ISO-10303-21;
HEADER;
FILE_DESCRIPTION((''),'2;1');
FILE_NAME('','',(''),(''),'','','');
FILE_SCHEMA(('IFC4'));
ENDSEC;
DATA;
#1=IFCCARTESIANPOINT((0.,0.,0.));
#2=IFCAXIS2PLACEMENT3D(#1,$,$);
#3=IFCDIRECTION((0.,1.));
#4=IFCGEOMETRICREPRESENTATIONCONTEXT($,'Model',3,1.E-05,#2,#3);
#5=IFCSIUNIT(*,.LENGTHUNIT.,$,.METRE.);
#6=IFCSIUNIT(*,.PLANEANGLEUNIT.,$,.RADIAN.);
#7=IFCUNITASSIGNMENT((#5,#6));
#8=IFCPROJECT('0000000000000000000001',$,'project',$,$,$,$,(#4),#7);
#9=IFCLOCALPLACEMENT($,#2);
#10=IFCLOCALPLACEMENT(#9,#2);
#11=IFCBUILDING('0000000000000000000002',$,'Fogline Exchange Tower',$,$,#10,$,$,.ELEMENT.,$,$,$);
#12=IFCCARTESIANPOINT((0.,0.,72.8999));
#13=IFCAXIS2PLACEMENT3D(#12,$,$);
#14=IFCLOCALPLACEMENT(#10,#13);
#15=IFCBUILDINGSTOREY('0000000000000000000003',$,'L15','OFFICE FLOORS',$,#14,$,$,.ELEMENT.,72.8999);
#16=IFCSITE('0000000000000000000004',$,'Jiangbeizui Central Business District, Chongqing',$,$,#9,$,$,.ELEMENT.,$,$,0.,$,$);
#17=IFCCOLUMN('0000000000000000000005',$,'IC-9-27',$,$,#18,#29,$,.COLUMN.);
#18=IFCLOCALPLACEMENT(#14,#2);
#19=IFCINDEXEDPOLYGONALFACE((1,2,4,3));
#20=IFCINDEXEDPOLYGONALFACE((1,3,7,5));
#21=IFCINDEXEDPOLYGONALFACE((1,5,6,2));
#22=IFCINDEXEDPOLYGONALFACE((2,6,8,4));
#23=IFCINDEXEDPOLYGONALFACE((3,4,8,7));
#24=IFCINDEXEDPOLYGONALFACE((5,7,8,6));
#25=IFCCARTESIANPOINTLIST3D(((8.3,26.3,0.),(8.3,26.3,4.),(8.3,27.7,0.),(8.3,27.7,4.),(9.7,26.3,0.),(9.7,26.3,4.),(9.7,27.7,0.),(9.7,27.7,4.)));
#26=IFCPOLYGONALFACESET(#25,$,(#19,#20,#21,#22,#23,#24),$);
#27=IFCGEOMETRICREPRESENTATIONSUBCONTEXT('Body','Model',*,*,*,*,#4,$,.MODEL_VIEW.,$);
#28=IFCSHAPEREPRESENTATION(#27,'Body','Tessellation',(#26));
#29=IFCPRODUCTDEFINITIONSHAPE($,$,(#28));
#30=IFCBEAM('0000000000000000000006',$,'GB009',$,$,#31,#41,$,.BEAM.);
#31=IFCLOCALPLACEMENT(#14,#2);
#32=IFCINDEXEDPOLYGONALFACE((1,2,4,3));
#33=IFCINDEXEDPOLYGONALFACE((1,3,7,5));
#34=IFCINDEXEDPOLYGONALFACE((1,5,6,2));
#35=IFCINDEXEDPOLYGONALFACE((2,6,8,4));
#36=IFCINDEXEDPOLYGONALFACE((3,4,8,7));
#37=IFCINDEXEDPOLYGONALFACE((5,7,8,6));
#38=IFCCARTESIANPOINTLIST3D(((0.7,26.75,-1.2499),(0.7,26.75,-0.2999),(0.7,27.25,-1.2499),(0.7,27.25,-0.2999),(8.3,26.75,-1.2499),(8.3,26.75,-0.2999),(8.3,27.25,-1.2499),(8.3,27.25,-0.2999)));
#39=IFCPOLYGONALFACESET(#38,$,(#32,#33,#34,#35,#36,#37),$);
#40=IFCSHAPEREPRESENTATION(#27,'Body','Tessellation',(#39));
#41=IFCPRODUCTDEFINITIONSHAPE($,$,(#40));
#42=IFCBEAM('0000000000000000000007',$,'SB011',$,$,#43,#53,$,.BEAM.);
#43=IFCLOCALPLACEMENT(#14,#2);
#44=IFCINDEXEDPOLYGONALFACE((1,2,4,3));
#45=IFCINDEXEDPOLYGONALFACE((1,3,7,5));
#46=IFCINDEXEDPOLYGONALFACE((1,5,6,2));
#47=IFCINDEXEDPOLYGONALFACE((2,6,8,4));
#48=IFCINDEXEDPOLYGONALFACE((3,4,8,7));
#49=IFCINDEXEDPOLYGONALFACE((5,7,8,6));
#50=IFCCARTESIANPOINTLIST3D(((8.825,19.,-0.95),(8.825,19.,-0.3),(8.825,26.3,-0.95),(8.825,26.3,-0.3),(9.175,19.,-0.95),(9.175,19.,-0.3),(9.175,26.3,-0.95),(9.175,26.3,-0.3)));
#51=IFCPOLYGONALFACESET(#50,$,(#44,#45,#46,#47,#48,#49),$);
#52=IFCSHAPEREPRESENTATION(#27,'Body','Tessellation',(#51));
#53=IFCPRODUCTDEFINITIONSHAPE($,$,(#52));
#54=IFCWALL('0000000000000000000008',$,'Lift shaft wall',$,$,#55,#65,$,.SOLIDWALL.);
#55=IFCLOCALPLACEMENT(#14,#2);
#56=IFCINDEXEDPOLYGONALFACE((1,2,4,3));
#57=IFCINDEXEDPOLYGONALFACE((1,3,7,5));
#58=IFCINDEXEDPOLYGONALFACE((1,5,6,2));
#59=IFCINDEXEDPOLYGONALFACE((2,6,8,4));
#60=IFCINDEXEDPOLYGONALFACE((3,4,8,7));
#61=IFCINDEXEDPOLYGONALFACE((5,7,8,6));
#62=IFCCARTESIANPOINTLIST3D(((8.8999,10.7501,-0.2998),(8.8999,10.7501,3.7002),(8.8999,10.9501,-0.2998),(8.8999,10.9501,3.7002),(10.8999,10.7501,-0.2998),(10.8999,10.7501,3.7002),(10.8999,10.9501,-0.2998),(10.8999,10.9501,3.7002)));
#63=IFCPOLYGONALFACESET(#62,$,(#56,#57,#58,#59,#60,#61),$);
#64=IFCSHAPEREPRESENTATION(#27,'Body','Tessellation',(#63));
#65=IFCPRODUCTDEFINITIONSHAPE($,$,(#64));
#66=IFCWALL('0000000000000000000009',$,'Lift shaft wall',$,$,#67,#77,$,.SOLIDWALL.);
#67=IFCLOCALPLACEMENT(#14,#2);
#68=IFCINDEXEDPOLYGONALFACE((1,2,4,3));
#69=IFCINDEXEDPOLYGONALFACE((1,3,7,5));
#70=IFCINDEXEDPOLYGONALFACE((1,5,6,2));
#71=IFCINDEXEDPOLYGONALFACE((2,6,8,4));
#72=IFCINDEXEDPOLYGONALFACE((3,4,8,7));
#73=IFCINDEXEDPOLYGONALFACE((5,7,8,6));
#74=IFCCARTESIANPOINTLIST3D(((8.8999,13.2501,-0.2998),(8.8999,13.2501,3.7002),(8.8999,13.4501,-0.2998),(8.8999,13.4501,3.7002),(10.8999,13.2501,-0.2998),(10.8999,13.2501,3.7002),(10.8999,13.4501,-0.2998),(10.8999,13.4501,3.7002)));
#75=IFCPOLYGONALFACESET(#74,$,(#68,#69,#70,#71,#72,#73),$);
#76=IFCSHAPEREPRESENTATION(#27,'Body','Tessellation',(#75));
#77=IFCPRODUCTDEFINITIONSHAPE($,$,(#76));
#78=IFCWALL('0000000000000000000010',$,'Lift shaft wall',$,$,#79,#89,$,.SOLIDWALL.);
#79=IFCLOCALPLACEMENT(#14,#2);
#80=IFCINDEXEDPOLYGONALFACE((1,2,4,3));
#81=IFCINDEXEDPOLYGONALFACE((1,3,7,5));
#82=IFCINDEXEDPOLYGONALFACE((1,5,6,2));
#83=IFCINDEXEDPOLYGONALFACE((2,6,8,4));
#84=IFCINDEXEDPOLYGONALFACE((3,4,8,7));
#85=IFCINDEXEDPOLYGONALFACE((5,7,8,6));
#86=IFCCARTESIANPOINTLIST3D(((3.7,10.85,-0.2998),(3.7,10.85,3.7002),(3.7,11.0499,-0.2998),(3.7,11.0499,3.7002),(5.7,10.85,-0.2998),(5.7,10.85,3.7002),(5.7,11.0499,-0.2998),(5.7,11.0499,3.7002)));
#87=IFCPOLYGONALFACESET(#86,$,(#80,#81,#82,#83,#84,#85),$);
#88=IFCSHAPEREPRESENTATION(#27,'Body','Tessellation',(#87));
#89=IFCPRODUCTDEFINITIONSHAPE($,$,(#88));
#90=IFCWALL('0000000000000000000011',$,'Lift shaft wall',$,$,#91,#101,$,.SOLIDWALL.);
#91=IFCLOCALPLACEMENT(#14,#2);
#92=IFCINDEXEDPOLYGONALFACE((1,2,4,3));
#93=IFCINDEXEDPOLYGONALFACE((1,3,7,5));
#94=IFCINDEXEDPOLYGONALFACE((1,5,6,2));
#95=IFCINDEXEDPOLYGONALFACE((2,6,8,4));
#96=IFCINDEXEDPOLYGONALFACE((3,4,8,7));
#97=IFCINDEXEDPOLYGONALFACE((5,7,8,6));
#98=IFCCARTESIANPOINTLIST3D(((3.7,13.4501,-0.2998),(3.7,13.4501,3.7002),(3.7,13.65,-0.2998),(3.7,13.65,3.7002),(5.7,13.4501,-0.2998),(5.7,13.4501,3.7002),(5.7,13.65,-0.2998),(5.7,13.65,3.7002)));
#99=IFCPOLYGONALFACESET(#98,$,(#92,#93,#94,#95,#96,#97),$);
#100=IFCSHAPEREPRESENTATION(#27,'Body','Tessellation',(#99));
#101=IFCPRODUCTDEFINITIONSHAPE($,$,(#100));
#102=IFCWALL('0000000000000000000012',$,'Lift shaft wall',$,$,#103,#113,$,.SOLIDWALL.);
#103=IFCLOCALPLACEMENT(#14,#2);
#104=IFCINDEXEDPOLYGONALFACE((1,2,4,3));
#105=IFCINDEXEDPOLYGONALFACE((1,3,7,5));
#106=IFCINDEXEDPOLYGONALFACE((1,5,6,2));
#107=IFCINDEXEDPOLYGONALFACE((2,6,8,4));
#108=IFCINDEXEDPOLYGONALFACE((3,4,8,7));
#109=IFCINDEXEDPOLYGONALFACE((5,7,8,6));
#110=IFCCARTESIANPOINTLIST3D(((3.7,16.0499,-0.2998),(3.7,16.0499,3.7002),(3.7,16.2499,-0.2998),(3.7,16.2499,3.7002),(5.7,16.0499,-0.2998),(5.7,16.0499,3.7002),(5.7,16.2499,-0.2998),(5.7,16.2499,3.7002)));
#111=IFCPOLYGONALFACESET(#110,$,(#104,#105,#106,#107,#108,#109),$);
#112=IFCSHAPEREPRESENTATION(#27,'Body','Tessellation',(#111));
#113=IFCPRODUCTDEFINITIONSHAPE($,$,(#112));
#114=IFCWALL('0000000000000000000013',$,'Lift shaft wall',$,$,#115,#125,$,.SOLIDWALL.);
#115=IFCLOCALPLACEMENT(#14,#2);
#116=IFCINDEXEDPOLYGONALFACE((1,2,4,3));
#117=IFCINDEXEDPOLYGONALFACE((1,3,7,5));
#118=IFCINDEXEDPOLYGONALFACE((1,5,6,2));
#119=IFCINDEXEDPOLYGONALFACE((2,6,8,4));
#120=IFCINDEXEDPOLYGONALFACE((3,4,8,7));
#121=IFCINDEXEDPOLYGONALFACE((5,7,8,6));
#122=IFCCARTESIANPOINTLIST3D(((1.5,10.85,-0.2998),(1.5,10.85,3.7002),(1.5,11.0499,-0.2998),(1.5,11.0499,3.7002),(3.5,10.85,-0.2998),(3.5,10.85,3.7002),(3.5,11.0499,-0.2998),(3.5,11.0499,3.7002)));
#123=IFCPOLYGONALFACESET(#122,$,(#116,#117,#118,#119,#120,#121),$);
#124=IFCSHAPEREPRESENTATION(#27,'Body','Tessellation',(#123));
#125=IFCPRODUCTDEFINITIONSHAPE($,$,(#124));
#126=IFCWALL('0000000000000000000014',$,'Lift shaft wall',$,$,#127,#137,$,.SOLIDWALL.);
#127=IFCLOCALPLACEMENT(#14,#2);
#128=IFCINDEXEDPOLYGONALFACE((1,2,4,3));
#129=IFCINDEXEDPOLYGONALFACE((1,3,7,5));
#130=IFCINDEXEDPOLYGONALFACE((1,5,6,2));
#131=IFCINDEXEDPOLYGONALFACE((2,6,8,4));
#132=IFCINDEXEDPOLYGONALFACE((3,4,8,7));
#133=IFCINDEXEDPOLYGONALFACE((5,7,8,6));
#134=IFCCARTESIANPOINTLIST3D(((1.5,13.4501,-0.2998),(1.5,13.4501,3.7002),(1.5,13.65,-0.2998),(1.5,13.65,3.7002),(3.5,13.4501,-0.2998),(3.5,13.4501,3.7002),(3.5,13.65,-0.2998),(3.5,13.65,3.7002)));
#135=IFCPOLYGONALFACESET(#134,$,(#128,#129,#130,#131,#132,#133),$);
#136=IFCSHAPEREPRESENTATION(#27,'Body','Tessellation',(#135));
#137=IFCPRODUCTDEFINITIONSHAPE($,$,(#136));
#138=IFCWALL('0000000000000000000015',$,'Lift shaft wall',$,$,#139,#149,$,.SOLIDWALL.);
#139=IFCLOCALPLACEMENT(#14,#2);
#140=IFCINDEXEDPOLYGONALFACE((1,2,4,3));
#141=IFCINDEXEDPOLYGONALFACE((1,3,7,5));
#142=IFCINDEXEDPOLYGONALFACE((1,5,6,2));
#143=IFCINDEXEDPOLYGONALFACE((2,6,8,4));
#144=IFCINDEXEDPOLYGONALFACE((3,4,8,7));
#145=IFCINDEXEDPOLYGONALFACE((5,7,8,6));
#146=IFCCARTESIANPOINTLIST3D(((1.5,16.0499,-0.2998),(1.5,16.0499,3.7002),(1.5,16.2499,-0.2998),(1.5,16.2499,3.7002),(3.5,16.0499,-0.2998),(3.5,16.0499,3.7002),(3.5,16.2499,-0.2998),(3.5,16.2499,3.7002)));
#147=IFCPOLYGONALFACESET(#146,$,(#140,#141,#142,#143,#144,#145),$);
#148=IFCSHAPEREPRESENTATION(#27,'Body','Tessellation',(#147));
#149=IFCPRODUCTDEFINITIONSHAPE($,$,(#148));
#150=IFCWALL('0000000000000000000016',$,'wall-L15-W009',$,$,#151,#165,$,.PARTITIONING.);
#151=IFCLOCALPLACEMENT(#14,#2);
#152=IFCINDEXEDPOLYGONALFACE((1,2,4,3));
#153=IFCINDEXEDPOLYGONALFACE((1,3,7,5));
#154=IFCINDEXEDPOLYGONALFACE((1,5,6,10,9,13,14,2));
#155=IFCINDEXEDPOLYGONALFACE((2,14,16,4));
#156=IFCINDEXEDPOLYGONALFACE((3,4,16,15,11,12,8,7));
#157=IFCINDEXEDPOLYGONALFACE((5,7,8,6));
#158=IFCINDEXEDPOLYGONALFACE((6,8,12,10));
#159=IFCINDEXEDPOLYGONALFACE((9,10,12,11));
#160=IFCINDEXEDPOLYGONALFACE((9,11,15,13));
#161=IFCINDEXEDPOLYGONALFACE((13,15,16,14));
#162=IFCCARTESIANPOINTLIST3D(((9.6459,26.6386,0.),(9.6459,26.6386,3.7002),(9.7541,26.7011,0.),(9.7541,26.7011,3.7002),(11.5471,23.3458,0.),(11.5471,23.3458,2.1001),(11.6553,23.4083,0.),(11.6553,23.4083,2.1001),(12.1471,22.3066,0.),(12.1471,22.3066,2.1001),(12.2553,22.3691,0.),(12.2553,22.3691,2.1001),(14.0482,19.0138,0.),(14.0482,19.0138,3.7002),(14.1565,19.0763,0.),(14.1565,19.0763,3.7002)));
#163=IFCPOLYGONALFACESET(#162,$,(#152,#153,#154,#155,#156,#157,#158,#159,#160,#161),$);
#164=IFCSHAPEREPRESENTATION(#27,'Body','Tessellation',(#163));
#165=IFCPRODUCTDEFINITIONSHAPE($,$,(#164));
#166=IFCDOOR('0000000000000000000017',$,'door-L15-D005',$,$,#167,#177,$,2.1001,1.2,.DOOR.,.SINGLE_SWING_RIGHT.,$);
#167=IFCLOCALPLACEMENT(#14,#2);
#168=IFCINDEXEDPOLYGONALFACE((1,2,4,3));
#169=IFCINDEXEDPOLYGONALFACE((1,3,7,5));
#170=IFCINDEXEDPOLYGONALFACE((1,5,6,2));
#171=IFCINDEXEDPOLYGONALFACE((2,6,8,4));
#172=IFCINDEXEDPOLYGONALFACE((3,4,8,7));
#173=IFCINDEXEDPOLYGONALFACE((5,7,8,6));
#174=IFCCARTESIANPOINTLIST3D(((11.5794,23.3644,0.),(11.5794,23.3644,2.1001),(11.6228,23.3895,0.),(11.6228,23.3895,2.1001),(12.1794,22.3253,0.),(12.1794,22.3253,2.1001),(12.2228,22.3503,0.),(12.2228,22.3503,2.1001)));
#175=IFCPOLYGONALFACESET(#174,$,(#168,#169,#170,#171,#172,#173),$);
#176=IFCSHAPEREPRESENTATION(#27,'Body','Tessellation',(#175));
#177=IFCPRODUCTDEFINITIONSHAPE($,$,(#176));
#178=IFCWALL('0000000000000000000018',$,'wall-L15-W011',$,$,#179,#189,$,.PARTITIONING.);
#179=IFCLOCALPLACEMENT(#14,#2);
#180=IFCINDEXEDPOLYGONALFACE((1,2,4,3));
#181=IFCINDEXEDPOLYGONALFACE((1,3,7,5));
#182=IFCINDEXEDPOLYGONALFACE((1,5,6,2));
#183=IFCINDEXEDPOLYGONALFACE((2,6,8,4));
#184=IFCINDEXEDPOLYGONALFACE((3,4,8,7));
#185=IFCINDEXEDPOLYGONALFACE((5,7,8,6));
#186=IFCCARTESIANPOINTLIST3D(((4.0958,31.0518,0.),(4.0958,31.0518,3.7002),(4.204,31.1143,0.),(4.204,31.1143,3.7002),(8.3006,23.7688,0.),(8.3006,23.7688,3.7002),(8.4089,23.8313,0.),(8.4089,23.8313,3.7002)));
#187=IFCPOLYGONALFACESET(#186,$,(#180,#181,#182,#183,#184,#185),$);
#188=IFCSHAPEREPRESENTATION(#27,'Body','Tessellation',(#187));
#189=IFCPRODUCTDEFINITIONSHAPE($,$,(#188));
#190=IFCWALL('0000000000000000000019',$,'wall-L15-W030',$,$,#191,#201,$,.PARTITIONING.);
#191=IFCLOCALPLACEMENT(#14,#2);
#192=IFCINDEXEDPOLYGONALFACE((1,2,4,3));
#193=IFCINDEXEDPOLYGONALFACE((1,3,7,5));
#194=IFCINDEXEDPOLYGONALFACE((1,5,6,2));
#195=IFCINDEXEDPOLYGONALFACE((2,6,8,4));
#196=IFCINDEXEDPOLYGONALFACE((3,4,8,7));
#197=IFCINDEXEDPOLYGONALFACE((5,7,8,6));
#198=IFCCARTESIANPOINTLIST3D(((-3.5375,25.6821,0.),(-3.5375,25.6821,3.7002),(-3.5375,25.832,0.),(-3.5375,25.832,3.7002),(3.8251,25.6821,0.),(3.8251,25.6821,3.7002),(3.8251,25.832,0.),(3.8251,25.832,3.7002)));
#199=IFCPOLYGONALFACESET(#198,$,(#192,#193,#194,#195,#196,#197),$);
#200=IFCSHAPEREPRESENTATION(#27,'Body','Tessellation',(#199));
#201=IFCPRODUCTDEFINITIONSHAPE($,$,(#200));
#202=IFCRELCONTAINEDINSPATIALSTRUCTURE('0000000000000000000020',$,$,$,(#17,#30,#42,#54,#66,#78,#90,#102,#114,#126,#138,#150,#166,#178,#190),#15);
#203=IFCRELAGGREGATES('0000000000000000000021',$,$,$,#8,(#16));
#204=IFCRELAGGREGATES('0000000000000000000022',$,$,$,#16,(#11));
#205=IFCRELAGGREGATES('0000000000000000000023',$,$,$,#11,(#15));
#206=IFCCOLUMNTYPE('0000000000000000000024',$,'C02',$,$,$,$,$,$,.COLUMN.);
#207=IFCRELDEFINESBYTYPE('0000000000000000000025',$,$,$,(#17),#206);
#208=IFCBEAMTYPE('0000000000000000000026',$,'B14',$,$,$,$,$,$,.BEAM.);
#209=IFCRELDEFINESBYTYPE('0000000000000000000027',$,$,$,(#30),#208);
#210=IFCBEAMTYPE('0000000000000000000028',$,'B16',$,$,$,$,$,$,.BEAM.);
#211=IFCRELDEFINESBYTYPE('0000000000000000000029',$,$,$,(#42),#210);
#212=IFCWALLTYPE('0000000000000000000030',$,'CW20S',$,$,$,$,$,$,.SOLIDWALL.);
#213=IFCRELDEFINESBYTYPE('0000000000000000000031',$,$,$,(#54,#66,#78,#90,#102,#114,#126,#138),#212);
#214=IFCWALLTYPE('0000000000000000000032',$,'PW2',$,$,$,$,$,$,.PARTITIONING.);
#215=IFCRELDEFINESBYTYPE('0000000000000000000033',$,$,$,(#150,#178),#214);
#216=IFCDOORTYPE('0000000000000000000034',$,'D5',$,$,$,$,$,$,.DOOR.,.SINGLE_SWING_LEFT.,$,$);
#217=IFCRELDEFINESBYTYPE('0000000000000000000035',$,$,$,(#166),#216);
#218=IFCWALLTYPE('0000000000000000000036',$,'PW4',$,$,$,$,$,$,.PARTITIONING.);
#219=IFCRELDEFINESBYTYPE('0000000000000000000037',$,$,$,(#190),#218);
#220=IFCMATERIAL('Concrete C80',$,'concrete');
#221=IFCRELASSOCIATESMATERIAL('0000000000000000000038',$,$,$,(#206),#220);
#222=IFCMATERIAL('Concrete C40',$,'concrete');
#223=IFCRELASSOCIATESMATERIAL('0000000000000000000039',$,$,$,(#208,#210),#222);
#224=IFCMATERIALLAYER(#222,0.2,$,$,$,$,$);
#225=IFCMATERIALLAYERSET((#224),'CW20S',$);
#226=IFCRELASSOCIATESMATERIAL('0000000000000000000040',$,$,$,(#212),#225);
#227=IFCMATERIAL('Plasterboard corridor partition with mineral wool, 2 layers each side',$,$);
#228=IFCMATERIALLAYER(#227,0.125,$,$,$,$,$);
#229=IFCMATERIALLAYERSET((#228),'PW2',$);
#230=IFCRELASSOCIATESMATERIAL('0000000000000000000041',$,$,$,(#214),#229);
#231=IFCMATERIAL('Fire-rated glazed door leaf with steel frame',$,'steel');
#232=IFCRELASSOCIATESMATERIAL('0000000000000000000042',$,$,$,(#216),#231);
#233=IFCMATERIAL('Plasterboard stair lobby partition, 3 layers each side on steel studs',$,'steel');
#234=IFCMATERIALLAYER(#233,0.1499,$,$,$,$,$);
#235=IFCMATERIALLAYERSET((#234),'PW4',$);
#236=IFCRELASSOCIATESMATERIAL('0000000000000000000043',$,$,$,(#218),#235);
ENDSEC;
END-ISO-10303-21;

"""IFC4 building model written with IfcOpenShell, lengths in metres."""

from ifc_helpers import new_model, si_unit, direction, frame, frame_2d, origin, origin_2d, place, context, subcontext, project, spatial, rectangle, extrude, material, layer, layer_set, material_profile, profile_set, type_object, element, fill, save


model = new_model("IFC4")

# Units and contexts
model_context = context("Model", 3, precision=1e-05, world=origin(), true_north=direction((0.0, 1.0)))
body_context = subcontext(model_context, "Body", "Model", "MODEL_VIEW")
ifc_project = project(units=[si_unit("LENGTHUNIT", "METRE"), si_unit("PLANEANGLEUNIT", "RADIAN")], contexts=[model_context])

# Site, building, storey
site_placement = place(None, origin())
site = spatial("IfcSite", under=ifc_project, at=site_placement, Name="Jiangbeizui Central Business District, Chongqing", CompositionType="ELEMENT", RefElevation=0.0)
building_placement = place(site_placement, origin())
building = spatial("IfcBuilding", under=site, at=building_placement, Name="Fogline Exchange Tower", CompositionType="ELEMENT")
storey_placement = place(building_placement, frame((0.0, 0.0, 72.8999)))
storey = spatial("IfcBuildingStorey", under=building, at=storey_placement, Name="L15", Description="OFFICE FLOORS", CompositionType="ELEMENT", Elevation=72.8999)

# Column
ifc_material_1 = material(Name="Concrete C80", Category="concrete")
ifc_material_profile_1 = material_profile(ifc_material_1, rectangle(XDim=1.3999, YDim=1.3999, at=origin_2d()), Name="RC 1400x1400")
ifc_profile_set_1 = profile_set([ifc_material_profile_1], Name="Concrete C80")
column_type = type_object("IfcColumnType", Name="C02", PredefinedType="COLUMN", material=ifc_profile_set_1)
column_placement = place(storey_placement, frame((9.0, 27.0, 0.0), z_axis=(0.0, 0.0, 1.0), x_axis=(1.0, 0.0, 0.0)))
element("IfcColumn", 1, at=column_placement, inside=storey, type_object=column_type, Name="IC-9-27", PredefinedType="COLUMN", context=body_context, shape_type="SweptSolid", body=[
    extrude(rectangle(XDim=1.3999, YDim=1.3999, at=origin_2d()), origin(), (0.0, 0.0, 1.0), 4.0),
])

# Beams
ifc_material_2 = material(Name="Concrete C40", Category="concrete")
ifc_material_profile_2 = material_profile(ifc_material_2, rectangle(XDim=0.5, YDim=0.95, at=origin_2d()), Name="RC 500x950")
ifc_profile_set_2 = profile_set([ifc_material_profile_2], Name="Concrete C40")
beam_type_1 = type_object("IfcBeamType", Name="B14", PredefinedType="BEAM", material=ifc_profile_set_2)
beam_1_placement = place(storey_placement, frame((0.7, 27.0, -0.7749), z_axis=(1.0, 0.0, 0.0), x_axis=(0.0, 1.0, 0.0)))
element("IfcBeam", 2, at=beam_1_placement, inside=storey, type_object=beam_type_1, Name="GB009", PredefinedType="BEAM", context=body_context, shape_type="SweptSolid", body=[
    extrude(rectangle(XDim=0.5, YDim=0.95, at=origin_2d()), origin(), (0.0, 0.0, 1.0), 7.6001),
])
ifc_material_profile_3 = material_profile(ifc_material_2, rectangle(XDim=0.3501, YDim=0.6499, at=origin_2d()), Name="RC 350x650")
ifc_profile_set_3 = profile_set([ifc_material_profile_3], Name="Concrete C40")
beam_type_2 = type_object("IfcBeamType", Name="B16", PredefinedType="BEAM", material=ifc_profile_set_3)
beam_2_placement = place(storey_placement, frame((9.0, 19.0, -0.625), z_axis=(0.0, 1.0, 0.0), x_axis=(-1.0, 0.0, 0.0)))
element("IfcBeam", 3, at=beam_2_placement, inside=storey, type_object=beam_type_2, Name="SB011", PredefinedType="BEAM", context=body_context, shape_type="SweptSolid", body=[
    extrude(rectangle(XDim=0.3501, YDim=0.6499, at=origin_2d()), origin(), (0.0, 0.0, 1.0), 7.3),
])

# Walls
ifc_layer_1 = layer(ifc_material_2, 0.2)
ifc_layer_set_1 = layer_set([ifc_layer_1], Name="CW20S")
wall_type_1 = type_object("IfcWallType", Name="CW20S", PredefinedType="SOLIDWALL", material=ifc_layer_set_1)
for number, where, z_axis, x_axis, name in (
    (4, (8.8999, 10.8501, -0.2998), (0.0, 0.0, 1.0), (1.0, 0.0, 0.0), "Lift shaft wall"),
    (5, (8.8999, 13.3501, -0.2998), (0.0, 0.0, 1.0), (1.0, 0.0, 0.0), "Lift shaft wall"),
    (6, (3.7, 10.95, -0.2998), (0.0, 0.0, 1.0), (1.0, 0.0, 0.0), "Lift shaft wall"),
    (7, (3.7, 13.55, -0.2998), (0.0, 0.0, 1.0), (1.0, 0.0, 0.0), "Lift shaft wall"),
    (8, (3.7, 16.1499, -0.2998), (0.0, 0.0, 1.0), (1.0, 0.0, 0.0), "Lift shaft wall"),
    (9, (1.5, 10.95, -0.2998), (0.0, 0.0, 1.0), (1.0, 0.0, 0.0), "Lift shaft wall"),
    (10, (1.5, 13.55, -0.2998), (0.0, 0.0, 1.0), (1.0, 0.0, 0.0), "Lift shaft wall"),
    (11, (1.5, 16.1499, -0.2998), (0.0, 0.0, 1.0), (1.0, 0.0, 0.0), "Lift shaft wall"),
):
    element("IfcWall", number, at=place(storey_placement, frame(where, z_axis=z_axis, x_axis=x_axis)), inside=storey, type_object=wall_type_1, Name=name, PredefinedType="SOLIDWALL", context=body_context, shape_type="SweptSolid", body=[
        extrude(rectangle(XDim=2.0, YDim=0.2, at=frame_2d((1.0, 0.0))), origin(), (0.0, 0.0, 1.0), 4.0),
    ])

# Wall, opening, door
ifc_material_3 = material(Name="Plasterboard corridor partition with mineral wool, 2 layers each side")
ifc_layer_2 = layer(ifc_material_3, 0.125)
ifc_layer_set_2 = layer_set([ifc_layer_2], Name="PW2")
wall_type_2 = type_object("IfcWallType", Name="PW2", PredefinedType="PARTITIONING", material=ifc_layer_set_2)
wall_1_placement = place(storey_placement, frame((9.7, 26.6699, 0.0), z_axis=(0.0, 0.0, 1.0), x_axis=(0.500016, -0.866016, 0.0)))
wall_1 = element("IfcWall", 12, at=wall_1_placement, inside=storey, type_object=wall_type_2, Name="wall-L15-W009", PredefinedType="PARTITIONING", context=body_context, shape_type="SweptSolid", body=[
    extrude(rectangle(XDim=8.8044, YDim=0.125, at=frame_2d((4.4023, 0.0))), origin(), (0.0, 0.0, 1.0), 3.7002),
])
opening_1_placement = place(wall_1_placement, frame((3.8022, 0.0, 0.0)))
opening_1 = element("IfcOpeningElement", 13, at=opening_1_placement, cuts=wall_1, PredefinedType="OPENING", context=body_context, shape_type="SweptSolid", body=[
    extrude(rectangle(XDim=1.2, YDim=2.1001, at=frame_2d((0.6001, 1.05))), frame((0.0, 0.0725, 0.0), z_axis=(0.0, -1.0, 0.0), x_axis=(1.0, 0.0, 0.0)), (0.0, 0.0, 1.0), 0.145),
])
ifc_material_4 = material(Name="Fire-rated glazed door leaf with steel frame", Category="steel")
door_type_1 = type_object("IfcDoorType", Name="D5", OperationType="SINGLE_SWING_LEFT", PredefinedType="DOOR", material=ifc_material_4)
door_1_placement = place(opening_1_placement, origin())
door_1 = element("IfcDoor", 14, at=door_1_placement, inside=storey, type_object=door_type_1, Name="door-L15-D005", OperationType="SINGLE_SWING_RIGHT", OverallHeight=2.1001, OverallWidth=1.2, PredefinedType="DOOR", context=body_context, shape_type="SweptSolid", body=[
    extrude(rectangle(XDim=1.2, YDim=2.1001, at=frame_2d((0.6001, 1.05))), frame((0.0, 0.0249, 0.0), z_axis=(0.0, -1.0, 0.0), x_axis=(1.0, 0.0, 0.0)), (0.0, 0.0, 1.0), 0.05),
])
fill(opening_1, door_1)

# Walls
wall_2_placement = place(storey_placement, frame((8.3547, 23.8, 0.0), z_axis=(0.0, 0.0, 1.0), x_axis=(-0.500001, 0.866025, 0.0)))
element("IfcWall", 15, at=wall_2_placement, inside=storey, type_object=wall_type_2, Name="wall-L15-W011", PredefinedType="PARTITIONING", context=body_context, shape_type="SweptSolid", body=[
    extrude(rectangle(XDim=8.4097, YDim=0.125, at=frame_2d((4.2048, 0.0))), origin(), (0.0, 0.0, 1.0), 3.7002),
])
ifc_material_5 = material(Name="Plasterboard stair lobby partition, 3 layers each side on steel studs", Category="steel")
ifc_layer_3 = layer(ifc_material_5, 0.1499)
ifc_layer_set_3 = layer_set([ifc_layer_3], Name="PW4")
wall_type_3 = type_object("IfcWallType", Name="PW4", PredefinedType="PARTITIONING", material=ifc_layer_set_3)
wall_3_placement = place(storey_placement, frame((3.825, 25.7571, 0.0), z_axis=(0.0, 0.0, 1.0), x_axis=(-1.0, 0.0, 0.0)))
element("IfcWall", 16, at=wall_3_placement, inside=storey, type_object=wall_type_3, Name="wall-L15-W030", PredefinedType="PARTITIONING", context=body_context, shape_type="SweptSolid", body=[
    extrude(rectangle(XDim=7.3625, YDim=0.1499, at=frame_2d((3.6812, 0.0))), origin(), (0.0, 0.0, 1.0), 3.7002),
])

save(model, "model.ifc")
